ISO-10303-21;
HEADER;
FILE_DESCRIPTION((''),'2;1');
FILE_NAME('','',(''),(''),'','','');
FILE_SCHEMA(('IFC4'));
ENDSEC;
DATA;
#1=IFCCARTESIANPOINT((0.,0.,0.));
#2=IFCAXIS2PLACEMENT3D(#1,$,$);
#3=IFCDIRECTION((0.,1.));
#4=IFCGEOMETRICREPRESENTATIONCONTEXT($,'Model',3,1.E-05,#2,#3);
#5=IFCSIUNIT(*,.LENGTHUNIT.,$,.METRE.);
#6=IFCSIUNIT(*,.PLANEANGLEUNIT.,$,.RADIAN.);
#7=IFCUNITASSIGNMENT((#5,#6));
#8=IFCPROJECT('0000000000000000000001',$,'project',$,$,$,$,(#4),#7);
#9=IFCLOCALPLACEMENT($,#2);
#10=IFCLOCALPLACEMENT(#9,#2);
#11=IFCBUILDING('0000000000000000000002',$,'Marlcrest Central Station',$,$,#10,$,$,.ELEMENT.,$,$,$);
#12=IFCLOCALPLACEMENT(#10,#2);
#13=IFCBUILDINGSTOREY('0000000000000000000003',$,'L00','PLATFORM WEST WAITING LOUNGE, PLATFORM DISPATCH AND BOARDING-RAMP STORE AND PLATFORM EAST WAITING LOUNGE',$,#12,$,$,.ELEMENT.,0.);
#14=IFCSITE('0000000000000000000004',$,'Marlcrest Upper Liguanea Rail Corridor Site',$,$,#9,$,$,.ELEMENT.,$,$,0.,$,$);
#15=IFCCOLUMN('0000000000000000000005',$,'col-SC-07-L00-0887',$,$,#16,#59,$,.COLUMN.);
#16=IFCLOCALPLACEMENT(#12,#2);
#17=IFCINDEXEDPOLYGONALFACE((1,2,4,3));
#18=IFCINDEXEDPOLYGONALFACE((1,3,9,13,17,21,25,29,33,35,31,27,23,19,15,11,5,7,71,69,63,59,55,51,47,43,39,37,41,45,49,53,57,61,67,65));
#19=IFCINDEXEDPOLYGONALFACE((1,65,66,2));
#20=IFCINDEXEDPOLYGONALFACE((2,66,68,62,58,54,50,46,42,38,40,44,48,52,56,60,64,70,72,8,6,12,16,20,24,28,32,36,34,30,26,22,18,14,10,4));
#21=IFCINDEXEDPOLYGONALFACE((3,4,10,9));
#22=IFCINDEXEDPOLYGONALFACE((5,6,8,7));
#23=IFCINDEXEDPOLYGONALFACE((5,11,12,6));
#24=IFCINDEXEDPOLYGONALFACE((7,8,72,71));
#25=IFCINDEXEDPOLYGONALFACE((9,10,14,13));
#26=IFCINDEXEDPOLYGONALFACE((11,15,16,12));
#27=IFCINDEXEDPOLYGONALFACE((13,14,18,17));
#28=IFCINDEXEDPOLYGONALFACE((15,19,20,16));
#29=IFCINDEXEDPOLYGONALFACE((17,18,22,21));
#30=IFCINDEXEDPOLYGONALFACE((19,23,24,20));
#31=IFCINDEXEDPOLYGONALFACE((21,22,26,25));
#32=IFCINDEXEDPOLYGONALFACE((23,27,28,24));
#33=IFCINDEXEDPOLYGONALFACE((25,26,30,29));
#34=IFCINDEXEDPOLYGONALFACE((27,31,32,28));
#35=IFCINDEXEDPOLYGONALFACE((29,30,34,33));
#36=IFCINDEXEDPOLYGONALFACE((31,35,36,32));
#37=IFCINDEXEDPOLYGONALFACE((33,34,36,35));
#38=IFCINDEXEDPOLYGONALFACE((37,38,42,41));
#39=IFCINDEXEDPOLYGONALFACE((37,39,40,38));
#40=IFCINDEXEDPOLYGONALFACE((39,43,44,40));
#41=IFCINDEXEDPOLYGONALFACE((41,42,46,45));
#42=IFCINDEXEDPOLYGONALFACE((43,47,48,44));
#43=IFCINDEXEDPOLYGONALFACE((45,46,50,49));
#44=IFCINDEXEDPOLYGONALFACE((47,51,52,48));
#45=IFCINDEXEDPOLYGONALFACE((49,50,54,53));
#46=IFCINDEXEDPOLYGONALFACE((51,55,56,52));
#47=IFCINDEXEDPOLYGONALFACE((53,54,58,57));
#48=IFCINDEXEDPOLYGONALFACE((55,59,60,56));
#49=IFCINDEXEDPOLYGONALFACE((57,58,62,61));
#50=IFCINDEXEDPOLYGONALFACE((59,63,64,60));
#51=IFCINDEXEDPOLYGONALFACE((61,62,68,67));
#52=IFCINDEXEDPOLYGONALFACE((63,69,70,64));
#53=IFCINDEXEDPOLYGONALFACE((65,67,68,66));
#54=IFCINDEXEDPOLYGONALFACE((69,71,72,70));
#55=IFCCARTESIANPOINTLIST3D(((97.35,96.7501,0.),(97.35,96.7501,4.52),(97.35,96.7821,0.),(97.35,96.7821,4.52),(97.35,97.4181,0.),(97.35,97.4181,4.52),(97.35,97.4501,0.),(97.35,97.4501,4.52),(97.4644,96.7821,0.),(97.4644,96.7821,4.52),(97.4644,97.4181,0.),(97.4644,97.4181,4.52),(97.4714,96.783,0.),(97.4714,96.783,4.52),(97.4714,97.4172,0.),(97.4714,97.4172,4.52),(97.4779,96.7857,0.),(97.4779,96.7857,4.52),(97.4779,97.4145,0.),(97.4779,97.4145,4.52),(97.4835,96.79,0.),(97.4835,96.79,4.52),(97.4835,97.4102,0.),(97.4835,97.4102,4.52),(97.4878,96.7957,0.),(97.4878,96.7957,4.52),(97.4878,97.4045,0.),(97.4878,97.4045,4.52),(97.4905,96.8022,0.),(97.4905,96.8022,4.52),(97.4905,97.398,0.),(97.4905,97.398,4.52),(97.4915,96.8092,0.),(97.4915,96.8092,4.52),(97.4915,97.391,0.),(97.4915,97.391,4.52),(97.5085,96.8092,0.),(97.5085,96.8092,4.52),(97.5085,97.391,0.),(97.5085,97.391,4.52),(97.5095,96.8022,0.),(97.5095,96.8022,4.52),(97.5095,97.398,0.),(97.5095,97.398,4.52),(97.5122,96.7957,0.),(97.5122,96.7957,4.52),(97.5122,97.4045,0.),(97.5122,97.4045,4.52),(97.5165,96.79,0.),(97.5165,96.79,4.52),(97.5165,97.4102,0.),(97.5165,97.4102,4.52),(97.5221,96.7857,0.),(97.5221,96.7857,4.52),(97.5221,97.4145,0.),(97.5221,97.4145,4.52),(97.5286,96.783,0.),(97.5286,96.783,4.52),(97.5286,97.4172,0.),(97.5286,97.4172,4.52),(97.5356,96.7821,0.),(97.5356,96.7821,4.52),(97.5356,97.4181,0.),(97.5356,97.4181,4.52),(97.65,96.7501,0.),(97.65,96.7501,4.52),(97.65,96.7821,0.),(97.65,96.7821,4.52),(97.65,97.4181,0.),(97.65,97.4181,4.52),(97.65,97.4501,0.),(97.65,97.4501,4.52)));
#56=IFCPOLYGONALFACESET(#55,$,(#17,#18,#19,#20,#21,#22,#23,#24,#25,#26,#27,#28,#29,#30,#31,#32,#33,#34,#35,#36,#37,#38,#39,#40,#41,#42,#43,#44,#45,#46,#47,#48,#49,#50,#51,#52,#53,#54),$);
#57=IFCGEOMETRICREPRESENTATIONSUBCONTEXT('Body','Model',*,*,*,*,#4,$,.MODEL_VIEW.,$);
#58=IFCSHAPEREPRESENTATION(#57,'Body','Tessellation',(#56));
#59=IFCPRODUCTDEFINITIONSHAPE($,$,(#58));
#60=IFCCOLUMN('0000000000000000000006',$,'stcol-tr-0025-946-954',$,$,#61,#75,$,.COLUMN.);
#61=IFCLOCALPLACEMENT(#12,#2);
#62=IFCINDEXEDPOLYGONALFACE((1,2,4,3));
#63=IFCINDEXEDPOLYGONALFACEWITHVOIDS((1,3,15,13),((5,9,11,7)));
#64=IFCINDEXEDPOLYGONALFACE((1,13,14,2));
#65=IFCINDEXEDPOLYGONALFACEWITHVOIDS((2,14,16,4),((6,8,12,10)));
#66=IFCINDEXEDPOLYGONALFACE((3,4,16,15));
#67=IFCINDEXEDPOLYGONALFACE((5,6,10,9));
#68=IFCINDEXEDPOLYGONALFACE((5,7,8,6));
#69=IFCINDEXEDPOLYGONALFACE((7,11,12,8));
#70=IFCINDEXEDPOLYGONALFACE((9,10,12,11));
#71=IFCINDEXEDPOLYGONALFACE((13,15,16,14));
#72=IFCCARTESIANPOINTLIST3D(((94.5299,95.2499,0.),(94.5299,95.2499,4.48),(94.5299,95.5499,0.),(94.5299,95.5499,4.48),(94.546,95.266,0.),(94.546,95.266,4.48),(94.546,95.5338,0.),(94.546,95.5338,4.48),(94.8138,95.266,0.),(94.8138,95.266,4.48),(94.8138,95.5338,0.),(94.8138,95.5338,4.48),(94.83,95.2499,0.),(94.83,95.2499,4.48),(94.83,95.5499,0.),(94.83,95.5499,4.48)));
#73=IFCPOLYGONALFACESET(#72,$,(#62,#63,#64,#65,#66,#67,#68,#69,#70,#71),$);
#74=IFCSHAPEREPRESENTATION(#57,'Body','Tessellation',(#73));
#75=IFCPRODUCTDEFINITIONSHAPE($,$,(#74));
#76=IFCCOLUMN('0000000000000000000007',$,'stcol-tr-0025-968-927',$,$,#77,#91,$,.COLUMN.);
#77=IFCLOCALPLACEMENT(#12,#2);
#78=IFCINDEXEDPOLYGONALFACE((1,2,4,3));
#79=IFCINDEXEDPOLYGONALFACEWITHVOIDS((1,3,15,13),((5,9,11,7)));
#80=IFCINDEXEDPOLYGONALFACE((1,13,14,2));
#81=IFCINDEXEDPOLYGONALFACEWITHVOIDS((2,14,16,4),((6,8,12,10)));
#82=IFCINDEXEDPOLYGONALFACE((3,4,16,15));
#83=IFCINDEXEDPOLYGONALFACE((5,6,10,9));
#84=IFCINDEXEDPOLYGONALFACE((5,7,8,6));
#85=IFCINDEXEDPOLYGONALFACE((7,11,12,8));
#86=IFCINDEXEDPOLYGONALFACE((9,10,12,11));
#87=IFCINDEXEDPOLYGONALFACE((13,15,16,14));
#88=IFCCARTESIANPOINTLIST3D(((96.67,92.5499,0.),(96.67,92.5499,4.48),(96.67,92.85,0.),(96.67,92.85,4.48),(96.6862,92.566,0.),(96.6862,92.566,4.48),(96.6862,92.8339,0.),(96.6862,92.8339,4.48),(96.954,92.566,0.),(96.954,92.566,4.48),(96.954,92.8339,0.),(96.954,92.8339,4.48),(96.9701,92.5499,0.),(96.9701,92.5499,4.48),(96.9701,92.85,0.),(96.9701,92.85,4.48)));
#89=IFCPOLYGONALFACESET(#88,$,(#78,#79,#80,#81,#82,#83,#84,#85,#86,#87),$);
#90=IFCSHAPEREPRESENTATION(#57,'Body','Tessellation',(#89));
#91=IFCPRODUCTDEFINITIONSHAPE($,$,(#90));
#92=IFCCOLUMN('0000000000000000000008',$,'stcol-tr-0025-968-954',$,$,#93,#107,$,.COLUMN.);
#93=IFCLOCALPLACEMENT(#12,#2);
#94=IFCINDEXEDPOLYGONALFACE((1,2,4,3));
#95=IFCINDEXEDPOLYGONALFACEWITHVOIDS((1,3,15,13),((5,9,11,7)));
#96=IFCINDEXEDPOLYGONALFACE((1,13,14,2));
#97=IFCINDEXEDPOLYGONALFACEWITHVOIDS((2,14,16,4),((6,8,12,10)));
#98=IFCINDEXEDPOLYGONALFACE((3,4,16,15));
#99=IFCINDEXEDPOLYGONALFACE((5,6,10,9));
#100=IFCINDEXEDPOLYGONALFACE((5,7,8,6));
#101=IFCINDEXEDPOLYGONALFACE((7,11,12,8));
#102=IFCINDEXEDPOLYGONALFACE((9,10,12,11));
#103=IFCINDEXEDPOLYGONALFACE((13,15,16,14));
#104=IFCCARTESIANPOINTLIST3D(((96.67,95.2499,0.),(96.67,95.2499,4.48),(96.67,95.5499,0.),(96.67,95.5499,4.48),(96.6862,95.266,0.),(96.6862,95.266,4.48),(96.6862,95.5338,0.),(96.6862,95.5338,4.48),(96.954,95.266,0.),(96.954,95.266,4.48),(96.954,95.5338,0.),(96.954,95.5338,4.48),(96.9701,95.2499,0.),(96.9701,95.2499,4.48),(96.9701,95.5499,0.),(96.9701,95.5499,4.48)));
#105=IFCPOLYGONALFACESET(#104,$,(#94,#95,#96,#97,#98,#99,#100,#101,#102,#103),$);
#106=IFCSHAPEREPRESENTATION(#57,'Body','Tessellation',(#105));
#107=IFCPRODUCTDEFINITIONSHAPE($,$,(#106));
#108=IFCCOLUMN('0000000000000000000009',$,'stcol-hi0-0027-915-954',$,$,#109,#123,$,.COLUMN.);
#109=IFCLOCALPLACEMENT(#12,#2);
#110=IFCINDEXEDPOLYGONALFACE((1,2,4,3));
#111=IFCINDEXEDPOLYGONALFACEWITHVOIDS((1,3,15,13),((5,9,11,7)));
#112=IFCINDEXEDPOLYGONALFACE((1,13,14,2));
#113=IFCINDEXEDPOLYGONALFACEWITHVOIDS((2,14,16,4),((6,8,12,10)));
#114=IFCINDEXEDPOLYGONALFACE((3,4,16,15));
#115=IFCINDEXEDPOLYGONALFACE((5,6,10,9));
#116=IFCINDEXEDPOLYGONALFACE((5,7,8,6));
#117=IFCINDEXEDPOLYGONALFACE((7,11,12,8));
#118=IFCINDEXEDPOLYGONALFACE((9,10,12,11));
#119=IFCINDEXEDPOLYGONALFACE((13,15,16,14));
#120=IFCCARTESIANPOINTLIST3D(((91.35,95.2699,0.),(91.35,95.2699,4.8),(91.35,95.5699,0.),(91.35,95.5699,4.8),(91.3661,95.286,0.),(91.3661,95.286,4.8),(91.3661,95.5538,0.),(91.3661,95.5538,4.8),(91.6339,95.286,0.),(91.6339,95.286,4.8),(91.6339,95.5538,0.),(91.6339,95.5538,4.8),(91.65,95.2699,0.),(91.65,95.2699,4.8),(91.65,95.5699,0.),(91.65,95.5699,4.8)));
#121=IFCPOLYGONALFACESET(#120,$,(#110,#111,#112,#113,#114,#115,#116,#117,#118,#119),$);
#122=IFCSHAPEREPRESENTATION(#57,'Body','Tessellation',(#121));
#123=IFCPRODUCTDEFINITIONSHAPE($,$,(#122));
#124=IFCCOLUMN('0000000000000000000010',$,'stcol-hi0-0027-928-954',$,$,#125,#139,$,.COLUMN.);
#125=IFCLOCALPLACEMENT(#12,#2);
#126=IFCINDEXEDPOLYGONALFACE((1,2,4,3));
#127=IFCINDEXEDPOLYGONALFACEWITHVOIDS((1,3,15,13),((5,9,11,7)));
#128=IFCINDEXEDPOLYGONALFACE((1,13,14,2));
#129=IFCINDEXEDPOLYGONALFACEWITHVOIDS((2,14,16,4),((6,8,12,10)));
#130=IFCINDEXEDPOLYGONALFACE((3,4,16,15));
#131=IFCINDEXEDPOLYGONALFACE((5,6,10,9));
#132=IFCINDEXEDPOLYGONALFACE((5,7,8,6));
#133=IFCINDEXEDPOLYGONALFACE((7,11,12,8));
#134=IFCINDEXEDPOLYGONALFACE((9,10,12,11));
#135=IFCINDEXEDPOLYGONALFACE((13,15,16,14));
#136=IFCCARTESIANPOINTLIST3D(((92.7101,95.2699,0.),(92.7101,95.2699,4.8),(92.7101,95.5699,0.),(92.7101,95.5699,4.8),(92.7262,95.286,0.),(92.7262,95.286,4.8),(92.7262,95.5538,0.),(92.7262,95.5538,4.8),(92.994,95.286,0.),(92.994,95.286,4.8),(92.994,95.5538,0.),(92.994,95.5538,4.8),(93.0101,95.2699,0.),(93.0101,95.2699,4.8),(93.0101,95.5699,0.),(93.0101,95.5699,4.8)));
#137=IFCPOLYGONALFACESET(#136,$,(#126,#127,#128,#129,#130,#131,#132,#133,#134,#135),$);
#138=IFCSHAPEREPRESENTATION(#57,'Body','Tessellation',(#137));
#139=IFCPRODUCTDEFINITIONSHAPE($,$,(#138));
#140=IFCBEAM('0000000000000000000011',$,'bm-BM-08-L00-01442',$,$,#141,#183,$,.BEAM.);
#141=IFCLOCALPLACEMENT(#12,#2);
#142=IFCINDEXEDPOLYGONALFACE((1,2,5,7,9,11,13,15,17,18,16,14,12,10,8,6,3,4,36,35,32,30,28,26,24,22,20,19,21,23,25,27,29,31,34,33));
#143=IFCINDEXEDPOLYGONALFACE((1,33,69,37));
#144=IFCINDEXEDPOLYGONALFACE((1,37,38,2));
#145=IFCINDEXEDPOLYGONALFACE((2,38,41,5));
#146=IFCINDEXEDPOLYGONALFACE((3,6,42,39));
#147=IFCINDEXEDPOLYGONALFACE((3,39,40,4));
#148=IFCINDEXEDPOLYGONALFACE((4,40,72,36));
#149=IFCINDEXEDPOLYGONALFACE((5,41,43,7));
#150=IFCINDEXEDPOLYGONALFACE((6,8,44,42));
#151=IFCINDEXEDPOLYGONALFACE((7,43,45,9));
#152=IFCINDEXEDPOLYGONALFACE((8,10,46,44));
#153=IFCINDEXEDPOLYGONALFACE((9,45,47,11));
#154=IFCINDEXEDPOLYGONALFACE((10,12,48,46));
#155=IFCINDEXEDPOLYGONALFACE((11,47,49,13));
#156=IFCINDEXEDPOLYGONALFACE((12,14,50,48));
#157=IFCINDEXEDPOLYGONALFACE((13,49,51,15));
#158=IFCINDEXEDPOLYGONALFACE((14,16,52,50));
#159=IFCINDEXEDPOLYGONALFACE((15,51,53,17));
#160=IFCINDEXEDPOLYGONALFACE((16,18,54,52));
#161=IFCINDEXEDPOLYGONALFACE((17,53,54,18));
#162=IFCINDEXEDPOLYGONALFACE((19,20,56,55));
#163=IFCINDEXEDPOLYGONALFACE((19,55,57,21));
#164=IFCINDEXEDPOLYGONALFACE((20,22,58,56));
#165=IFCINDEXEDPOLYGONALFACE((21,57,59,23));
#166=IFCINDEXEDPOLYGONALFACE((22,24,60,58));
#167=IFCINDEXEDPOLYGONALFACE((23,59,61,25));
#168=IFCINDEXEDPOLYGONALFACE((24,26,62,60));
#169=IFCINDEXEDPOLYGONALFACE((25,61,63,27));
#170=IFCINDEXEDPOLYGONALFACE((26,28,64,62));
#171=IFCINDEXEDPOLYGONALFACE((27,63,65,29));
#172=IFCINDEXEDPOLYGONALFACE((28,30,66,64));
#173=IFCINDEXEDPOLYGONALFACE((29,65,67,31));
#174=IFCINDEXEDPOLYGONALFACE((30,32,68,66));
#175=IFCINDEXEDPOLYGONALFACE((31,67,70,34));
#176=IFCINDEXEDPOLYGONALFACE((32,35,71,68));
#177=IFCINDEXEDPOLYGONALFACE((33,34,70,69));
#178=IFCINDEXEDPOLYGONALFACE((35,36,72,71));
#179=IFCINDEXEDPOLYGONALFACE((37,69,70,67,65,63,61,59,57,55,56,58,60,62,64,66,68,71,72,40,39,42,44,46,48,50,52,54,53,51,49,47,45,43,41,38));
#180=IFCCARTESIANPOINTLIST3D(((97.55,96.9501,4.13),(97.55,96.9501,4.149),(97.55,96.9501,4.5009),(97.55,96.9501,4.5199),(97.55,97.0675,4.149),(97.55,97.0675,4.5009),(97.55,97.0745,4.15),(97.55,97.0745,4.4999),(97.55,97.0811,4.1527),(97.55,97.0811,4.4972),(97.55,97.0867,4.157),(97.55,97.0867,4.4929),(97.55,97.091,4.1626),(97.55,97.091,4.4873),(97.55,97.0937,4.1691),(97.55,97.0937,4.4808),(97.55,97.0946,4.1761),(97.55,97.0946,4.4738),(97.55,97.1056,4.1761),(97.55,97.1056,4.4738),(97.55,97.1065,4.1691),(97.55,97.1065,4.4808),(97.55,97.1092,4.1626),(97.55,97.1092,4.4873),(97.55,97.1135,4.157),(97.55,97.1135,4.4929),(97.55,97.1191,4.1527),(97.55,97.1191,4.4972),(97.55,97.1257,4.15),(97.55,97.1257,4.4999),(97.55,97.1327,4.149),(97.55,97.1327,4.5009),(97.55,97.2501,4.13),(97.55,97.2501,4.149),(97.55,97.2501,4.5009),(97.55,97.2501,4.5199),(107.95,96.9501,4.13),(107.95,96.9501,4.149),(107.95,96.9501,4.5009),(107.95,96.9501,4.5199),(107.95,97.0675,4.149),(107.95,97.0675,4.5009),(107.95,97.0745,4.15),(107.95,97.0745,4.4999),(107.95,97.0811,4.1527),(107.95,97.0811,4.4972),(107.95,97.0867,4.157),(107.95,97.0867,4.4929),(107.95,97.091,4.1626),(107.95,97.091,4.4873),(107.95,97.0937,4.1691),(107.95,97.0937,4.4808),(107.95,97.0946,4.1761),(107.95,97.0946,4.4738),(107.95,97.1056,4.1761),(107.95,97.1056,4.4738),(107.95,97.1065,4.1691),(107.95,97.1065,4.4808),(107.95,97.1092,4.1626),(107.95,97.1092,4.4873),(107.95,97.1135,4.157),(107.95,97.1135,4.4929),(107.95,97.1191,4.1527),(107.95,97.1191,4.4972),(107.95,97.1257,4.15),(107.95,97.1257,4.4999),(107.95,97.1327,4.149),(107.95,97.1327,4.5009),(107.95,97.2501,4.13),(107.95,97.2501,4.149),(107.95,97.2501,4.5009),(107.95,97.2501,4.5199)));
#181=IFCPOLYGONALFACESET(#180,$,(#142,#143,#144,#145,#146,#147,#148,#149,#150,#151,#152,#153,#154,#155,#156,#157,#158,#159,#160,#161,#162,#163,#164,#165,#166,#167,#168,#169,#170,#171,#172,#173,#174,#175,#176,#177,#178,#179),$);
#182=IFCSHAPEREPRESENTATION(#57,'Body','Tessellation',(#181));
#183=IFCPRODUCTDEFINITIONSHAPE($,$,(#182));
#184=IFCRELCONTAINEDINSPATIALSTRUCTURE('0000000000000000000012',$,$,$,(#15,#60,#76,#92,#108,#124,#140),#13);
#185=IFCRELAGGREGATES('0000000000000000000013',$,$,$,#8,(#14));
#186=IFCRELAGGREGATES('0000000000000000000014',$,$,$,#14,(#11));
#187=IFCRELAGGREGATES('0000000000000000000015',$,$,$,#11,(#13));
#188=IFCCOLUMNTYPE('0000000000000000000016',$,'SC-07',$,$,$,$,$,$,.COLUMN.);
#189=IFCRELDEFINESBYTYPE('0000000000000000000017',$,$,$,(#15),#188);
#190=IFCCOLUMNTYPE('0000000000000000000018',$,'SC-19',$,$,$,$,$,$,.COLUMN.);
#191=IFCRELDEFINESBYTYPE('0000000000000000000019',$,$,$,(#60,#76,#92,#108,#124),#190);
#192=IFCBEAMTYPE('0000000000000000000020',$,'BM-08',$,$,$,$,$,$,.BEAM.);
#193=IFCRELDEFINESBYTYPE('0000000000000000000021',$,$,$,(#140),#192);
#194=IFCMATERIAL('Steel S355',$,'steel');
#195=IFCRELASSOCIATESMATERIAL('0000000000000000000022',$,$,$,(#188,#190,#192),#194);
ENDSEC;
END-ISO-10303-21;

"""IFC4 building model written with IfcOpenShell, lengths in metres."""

from ifc_helpers import new_model, si_unit, direction, frame, origin, origin_2d, place, context, subcontext, project, spatial, hollow_rectangle, i_section, extrude, material, material_profile, profile_set, type_object, element, save


model = new_model("IFC4")

# Units and contexts
model_context = context("Model", 3, precision=1e-05, world=origin(), true_north=direction((0.0, 1.0)))
body_context = subcontext(model_context, "Body", "Model", "MODEL_VIEW")
ifc_project = project(units=[si_unit("LENGTHUNIT", "METRE"), si_unit("PLANEANGLEUNIT", "RADIAN")], contexts=[model_context])

# Site, building, storey
site_placement = place(None, origin())
site = spatial("IfcSite", under=ifc_project, at=site_placement, Name="Marlcrest Upper Liguanea Rail Corridor Site", CompositionType="ELEMENT", RefElevation=0.0)
building_placement = place(site_placement, origin())
building = spatial("IfcBuilding", under=site, at=building_placement, Name="Marlcrest Central Station", CompositionType="ELEMENT")
storey_placement = place(building_placement, origin())
storey = spatial("IfcBuildingStorey", under=building, at=storey_placement, Name="L00", Description="PLATFORM WEST WAITING LOUNGE, PLATFORM DISPATCH AND BOARDING-RAMP STORE AND PLATFORM EAST WAITING LOUNGE", CompositionType="ELEMENT", Elevation=0.0)

# Columns
ifc_material_1 = material(Name="Steel S355", Category="steel")
ifc_material_profile_1 = material_profile(ifc_material_1, i_section(OverallWidth=0.3, OverallDepth=0.7, WebThickness=0.0171, FlangeThickness=0.032, FilletRadius=0.0271, at=origin_2d()), Name="HEB 700")
ifc_profile_set_1 = profile_set([ifc_material_profile_1], Name="Steel S355")
column_type_1 = type_object("IfcColumnType", Name="SC-07", PredefinedType="COLUMN", material=ifc_profile_set_1)
column_1_placement = place(storey_placement, frame((97.5, 97.1001, 0.0), z_axis=(0.0, 0.0, 1.0), x_axis=(1.0, 0.0, 0.0)))
element("IfcColumn", 1, at=column_1_placement, inside=storey, type_object=column_type_1, Name="col-SC-07-L00-0887", PredefinedType="COLUMN", context=body_context, shape_type="SweptSolid", body=[
    extrude(i_section(OverallWidth=0.3, OverallDepth=0.7, WebThickness=0.0171, FlangeThickness=0.032, FilletRadius=0.0271, at=origin_2d()), origin(), (0.0, 0.0, 1.0), 4.52),
])
ifc_material_profile_2 = material_profile(ifc_material_1, hollow_rectangle(XDim=0.3, YDim=0.3, WallThickness=0.0161, at=origin_2d()), Name="SHS 300x300x16")
ifc_profile_set_2 = profile_set([ifc_material_profile_2], Name="Steel S355")
column_type_2 = type_object("IfcColumnType", Name="SC-19", PredefinedType="COLUMN", material=ifc_profile_set_2)
for number, where, z_axis, x_axis, name in (
    (2, (94.6799, 95.3999, 0.0), (0.0, 0.0, 1.0), (1.0, 0.0, 0.0), "stcol-tr-0025-946-954"),
    (3, (96.8201, 92.7, 0.0), (0.0, 0.0, 1.0), (1.0, 0.0, 0.0), "stcol-tr-0025-968-927"),
    (4, (96.8201, 95.3999, 0.0), (0.0, 0.0, 1.0), (1.0, 0.0, 0.0), "stcol-tr-0025-968-954"),
):
    element("IfcColumn", number, at=place(storey_placement, frame(where, z_axis=z_axis, x_axis=x_axis)), inside=storey, type_object=column_type_2, Name=name, PredefinedType="COLUMN", context=body_context, shape_type="SweptSolid", body=[
        extrude(hollow_rectangle(XDim=0.3, YDim=0.3, WallThickness=0.0161, at=origin_2d()), origin(), (0.0, 0.0, 1.0), 4.48),
    ])
for number, where, z_axis, x_axis, name in (
    (5, (91.5, 95.4199, 0.0), (0.0, 0.0, 1.0), (1.0, 0.0, 0.0), "stcol-hi0-0027-915-954"),
    (6, (92.8601, 95.4199, 0.0), (0.0, 0.0, 1.0), (1.0, 0.0, 0.0), "stcol-hi0-0027-928-954"),
):
    element("IfcColumn", number, at=place(storey_placement, frame(where, z_axis=z_axis, x_axis=x_axis)), inside=storey, type_object=column_type_2, Name=name, PredefinedType="COLUMN", context=body_context, shape_type="SweptSolid", body=[
        extrude(hollow_rectangle(XDim=0.3, YDim=0.3, WallThickness=0.0161, at=origin_2d()), origin(), (0.0, 0.0, 1.0), 4.8),
    ])

# Beam
ifc_material_profile_3 = material_profile(ifc_material_1, i_section(OverallWidth=0.3, OverallDepth=0.3899, WebThickness=0.011, FlangeThickness=0.019, FilletRadius=0.0271, at=origin_2d()), Name="HEA 400")
ifc_profile_set_3 = profile_set([ifc_material_profile_3], Name="Steel S355")
beam_type_1 = type_object("IfcBeamType", Name="BM-08", PredefinedType="BEAM", material=ifc_profile_set_3)
beam_1_placement = place(storey_placement, frame((97.55, 97.1001, 4.325), z_axis=(1.0, 0.0, 0.0), x_axis=(0.0, 1.0, 0.0)))
element("IfcBeam", 7, at=beam_1_placement, inside=storey, type_object=beam_type_1, Name="bm-BM-08-L00-01442", PredefinedType="BEAM", context=body_context, shape_type="SweptSolid", body=[
    extrude(i_section(OverallWidth=0.3, OverallDepth=0.3899, WebThickness=0.011, FlangeThickness=0.019, FilletRadius=0.0271, at=origin_2d()), origin(), (0.0, 0.0, 1.0), 10.3999),
])

save(model, "model.ifc")
